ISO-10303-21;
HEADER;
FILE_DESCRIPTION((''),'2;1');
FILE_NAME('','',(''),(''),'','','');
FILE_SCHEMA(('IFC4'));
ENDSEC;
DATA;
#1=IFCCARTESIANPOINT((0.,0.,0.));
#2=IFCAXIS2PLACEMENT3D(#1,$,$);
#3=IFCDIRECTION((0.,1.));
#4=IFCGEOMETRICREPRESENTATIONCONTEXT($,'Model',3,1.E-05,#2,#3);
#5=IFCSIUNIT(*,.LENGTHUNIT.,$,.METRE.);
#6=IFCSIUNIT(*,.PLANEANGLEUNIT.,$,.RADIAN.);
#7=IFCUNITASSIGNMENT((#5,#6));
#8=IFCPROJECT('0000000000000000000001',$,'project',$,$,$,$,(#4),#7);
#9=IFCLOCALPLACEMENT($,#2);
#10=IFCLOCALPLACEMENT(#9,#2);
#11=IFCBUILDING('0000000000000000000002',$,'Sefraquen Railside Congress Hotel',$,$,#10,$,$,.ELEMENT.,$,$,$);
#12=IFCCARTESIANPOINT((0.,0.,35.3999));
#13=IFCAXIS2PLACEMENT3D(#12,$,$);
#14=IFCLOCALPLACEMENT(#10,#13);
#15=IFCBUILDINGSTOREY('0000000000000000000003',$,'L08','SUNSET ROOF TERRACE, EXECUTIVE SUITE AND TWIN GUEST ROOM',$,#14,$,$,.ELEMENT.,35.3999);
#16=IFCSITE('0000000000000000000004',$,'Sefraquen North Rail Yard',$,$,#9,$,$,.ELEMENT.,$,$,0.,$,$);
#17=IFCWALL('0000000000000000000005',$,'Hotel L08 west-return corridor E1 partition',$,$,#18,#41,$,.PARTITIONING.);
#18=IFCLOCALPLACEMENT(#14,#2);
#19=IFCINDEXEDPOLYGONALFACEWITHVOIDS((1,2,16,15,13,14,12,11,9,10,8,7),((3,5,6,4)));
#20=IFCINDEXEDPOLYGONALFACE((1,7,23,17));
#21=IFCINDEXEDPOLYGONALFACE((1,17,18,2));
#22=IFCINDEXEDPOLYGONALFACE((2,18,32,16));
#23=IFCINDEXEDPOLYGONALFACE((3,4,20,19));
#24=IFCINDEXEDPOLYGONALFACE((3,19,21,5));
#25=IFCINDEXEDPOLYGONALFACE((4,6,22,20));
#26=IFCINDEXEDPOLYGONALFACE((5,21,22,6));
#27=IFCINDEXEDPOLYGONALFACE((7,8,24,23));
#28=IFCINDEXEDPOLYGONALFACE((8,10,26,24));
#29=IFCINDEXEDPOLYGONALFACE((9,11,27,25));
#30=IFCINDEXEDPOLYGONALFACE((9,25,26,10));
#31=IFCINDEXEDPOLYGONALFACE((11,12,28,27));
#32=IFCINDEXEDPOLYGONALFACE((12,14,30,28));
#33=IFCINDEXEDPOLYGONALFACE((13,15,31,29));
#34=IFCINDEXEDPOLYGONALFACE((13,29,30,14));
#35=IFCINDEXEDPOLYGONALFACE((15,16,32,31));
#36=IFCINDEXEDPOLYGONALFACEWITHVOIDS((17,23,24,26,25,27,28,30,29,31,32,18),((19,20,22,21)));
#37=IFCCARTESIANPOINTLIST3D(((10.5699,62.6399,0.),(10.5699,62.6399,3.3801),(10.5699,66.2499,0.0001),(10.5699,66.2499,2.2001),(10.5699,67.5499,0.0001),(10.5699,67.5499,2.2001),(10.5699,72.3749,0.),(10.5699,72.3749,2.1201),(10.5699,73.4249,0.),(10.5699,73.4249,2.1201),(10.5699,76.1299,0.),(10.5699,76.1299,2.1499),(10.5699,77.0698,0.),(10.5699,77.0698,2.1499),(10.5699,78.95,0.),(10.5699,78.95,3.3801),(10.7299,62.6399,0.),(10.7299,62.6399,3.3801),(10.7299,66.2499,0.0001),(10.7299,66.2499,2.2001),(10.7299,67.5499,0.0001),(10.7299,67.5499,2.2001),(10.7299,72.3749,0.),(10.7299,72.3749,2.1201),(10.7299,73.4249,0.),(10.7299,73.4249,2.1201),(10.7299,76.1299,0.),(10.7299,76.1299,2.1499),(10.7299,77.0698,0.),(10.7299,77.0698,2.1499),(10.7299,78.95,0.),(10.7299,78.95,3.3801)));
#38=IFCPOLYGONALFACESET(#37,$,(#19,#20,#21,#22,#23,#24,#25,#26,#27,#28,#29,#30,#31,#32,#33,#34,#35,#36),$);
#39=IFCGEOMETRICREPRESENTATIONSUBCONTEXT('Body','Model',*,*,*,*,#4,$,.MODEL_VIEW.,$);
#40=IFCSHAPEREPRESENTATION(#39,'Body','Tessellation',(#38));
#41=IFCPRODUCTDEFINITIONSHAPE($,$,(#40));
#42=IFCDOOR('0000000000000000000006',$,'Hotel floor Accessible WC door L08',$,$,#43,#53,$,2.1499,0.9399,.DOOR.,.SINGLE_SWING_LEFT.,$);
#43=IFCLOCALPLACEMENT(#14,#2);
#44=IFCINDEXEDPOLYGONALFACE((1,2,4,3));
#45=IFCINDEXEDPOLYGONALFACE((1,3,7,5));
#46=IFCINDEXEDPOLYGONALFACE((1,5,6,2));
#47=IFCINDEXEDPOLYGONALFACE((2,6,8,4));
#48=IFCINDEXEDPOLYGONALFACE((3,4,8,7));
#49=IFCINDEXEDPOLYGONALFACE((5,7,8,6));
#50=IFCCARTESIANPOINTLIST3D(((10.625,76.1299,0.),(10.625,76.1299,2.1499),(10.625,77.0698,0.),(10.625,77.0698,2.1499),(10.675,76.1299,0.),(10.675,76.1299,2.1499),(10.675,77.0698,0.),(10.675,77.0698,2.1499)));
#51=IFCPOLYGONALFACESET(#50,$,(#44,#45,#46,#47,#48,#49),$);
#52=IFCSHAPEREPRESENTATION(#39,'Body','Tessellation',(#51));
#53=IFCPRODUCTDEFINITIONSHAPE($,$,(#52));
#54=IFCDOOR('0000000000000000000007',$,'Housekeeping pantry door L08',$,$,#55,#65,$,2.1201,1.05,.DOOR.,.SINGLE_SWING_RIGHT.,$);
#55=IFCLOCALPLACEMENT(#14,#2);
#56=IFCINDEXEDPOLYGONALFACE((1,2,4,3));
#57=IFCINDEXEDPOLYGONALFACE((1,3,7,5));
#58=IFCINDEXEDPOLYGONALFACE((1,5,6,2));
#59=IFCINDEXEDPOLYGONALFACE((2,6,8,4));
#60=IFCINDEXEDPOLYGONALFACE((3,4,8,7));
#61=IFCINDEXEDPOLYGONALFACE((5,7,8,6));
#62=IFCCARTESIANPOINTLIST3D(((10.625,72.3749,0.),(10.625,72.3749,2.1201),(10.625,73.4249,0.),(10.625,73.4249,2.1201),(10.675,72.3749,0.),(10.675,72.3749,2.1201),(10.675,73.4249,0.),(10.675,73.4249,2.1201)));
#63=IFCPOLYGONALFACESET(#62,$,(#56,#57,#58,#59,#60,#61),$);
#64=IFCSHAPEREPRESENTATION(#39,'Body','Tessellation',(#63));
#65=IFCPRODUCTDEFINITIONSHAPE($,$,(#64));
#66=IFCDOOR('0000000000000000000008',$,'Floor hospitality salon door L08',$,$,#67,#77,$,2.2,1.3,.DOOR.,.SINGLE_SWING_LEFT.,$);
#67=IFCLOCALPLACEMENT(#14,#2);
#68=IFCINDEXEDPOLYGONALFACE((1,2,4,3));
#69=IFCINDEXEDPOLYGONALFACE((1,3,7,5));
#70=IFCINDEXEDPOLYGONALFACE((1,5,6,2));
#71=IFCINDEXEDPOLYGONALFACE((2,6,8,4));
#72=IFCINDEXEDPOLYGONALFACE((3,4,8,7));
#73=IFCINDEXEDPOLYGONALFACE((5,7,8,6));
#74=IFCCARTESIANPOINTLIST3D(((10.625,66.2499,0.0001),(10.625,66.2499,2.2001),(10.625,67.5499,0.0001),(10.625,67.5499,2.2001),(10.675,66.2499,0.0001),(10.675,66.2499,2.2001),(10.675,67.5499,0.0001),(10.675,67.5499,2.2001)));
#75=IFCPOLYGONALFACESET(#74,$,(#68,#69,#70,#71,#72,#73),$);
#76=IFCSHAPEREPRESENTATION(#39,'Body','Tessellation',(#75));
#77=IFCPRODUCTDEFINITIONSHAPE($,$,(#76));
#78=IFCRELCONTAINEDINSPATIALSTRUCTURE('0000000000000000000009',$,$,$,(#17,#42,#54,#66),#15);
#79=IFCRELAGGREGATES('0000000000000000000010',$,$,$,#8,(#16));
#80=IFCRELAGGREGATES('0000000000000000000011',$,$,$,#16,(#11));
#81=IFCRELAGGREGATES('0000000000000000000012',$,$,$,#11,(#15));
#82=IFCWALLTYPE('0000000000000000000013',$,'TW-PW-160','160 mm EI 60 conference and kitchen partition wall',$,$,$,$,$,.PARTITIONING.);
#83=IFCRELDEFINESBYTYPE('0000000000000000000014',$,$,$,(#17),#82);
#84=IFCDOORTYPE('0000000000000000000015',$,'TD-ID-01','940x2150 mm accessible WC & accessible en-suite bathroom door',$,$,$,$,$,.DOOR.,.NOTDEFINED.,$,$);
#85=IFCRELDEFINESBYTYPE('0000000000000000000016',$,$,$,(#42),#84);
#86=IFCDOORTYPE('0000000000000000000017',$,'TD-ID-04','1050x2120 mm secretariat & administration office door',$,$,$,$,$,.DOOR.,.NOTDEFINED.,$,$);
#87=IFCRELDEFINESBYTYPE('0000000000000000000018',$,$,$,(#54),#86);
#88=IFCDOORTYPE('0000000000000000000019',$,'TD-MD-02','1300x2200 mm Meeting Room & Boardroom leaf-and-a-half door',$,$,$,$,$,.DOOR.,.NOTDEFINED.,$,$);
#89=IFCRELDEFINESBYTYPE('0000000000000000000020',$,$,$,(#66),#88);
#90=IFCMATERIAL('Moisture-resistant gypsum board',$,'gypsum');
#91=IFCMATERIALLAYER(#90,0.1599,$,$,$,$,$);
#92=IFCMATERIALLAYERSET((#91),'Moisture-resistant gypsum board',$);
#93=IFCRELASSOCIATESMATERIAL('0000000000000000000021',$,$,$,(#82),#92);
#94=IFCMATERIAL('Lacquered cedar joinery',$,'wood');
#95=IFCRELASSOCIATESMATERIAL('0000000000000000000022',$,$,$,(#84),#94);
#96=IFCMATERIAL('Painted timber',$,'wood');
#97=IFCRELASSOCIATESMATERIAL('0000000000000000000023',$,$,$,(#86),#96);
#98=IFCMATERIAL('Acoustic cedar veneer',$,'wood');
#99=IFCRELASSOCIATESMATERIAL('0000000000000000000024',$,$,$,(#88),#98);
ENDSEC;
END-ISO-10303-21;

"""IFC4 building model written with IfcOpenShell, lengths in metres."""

from ifc_helpers import new_model, si_unit, direction, frame, frame_2d, origin, place, context, subcontext, project, spatial, rectangle, extrude, material, layer, layer_set, type_object, element, fill, save


model = new_model("IFC4")

# Units and contexts
model_context = context("Model", 3, precision=1e-05, world=origin(), true_north=direction((0.0, 1.0)))
body_context = subcontext(model_context, "Body", "Model", "MODEL_VIEW")
ifc_project = project(units=[si_unit("LENGTHUNIT", "METRE"), si_unit("PLANEANGLEUNIT", "RADIAN")], contexts=[model_context])

# Site, building, storey
site_placement = place(None, origin())
site = spatial("IfcSite", under=ifc_project, at=site_placement, Name="Sefraquen North Rail Yard", CompositionType="ELEMENT", RefElevation=0.0)
building_placement = place(site_placement, origin())
building = spatial("IfcBuilding", under=site, at=building_placement, Name="Sefraquen Railside Congress Hotel", CompositionType="ELEMENT")
storey_placement = place(building_placement, frame((0.0, 0.0, 35.3999)))
storey = spatial("IfcBuildingStorey", under=building, at=storey_placement, Name="L08", Description="SUNSET ROOF TERRACE, EXECUTIVE SUITE AND TWIN GUEST ROOM", CompositionType="ELEMENT", Elevation=35.3999)

# Wall, openings, doors
ifc_material_1 = material(Name="Moisture-resistant gypsum board", Category="gypsum")
ifc_layer_1 = layer(ifc_material_1, 0.1599)
ifc_layer_set_1 = layer_set([ifc_layer_1], Name="Moisture-resistant gypsum board")
wall_type_1 = type_object("IfcWallType", Name="TW-PW-160", Description="160 mm EI 60 conference and kitchen partition wall", PredefinedType="PARTITIONING", material=ifc_layer_set_1)
wall_1_placement = place(storey_placement, frame((10.6499, 62.6399, 0.0), z_axis=(0.0, 0.0, 1.0), x_axis=(0.0, 1.0, 0.0)))
wall_1 = element("IfcWall", 1, at=wall_1_placement, inside=storey, type_object=wall_type_1, Name="Hotel L08 west-return corridor E1 partition", PredefinedType="PARTITIONING", context=body_context, shape_type="SweptSolid", body=[
    extrude(rectangle(XDim=16.3101, YDim=0.1599, at=frame_2d((8.155, 0.0))), origin(), (0.0, 0.0, 1.0), 3.3801),
])
opening_1_placement = place(wall_1_placement, frame((3.6101, 0.0, 0.0)))
opening_1 = element("IfcOpeningElement", 2, at=opening_1_placement, cuts=wall_1, PredefinedType="OPENING", context=body_context, shape_type="SweptSolid", body=[
    extrude(rectangle(XDim=1.3, YDim=2.2, at=frame_2d((0.6499, 1.1001))), frame((0.0, 0.0898, 0.0), z_axis=(0.0, -1.0, 0.0), x_axis=(1.0, 0.0, 0.0)), (0.0, 0.0, 1.0), 0.1799),
])
opening_2_placement = place(wall_1_placement, frame((9.7351, 0.0, 0.0)))
opening_2 = element("IfcOpeningElement", 3, at=opening_2_placement, cuts=wall_1, PredefinedType="OPENING", context=body_context, shape_type="SweptSolid", body=[
    extrude(rectangle(XDim=1.05, YDim=2.1201, at=frame_2d((0.5249, 1.0601))), frame((0.0, 0.0898, 0.0), z_axis=(0.0, -1.0, 0.0), x_axis=(1.0, 0.0, 0.0)), (0.0, 0.0, 1.0), 0.1799),
])
opening_3_placement = place(wall_1_placement, frame((13.49, 0.0, 0.0)))
opening_3 = element("IfcOpeningElement", 4, at=opening_3_placement, cuts=wall_1, PredefinedType="OPENING", context=body_context, shape_type="SweptSolid", body=[
    extrude(rectangle(XDim=0.9399, YDim=2.1499, at=frame_2d((0.47, 1.075))), frame((0.0, 0.0898, 0.0), z_axis=(0.0, -1.0, 0.0), x_axis=(1.0, 0.0, 0.0)), (0.0, 0.0, 1.0), 0.1799),
])
ifc_material_2 = material(Name="Lacquered cedar joinery", Category="wood")
door_type_1 = type_object("IfcDoorType", Name="TD-ID-01", Description="940x2150 mm accessible WC & accessible en-suite bathroom door", OperationType="NOTDEFINED", PredefinedType="DOOR", material=ifc_material_2)
door_1_placement = place(opening_3_placement, origin())
door_1 = element("IfcDoor", 5, at=door_1_placement, inside=storey, type_object=door_type_1, Name="Hotel floor Accessible WC door L08", OperationType="SINGLE_SWING_LEFT", OverallHeight=2.1499, OverallWidth=0.9399, PredefinedType="DOOR", context=body_context, shape_type="SweptSolid", body=[
    extrude(rectangle(XDim=0.9399, YDim=2.1499, at=frame_2d((0.47, 1.075))), frame((0.0, 0.0249, 0.0), z_axis=(0.0, -1.0, 0.0), x_axis=(1.0, 0.0, 0.0)), (0.0, 0.0, 1.0), 0.05),
])
fill(opening_3, door_1)
ifc_material_3 = material(Name="Painted timber", Category="wood")
door_type_2 = type_object("IfcDoorType", Name="TD-ID-04", Description="1050x2120 mm secretariat & administration office door", OperationType="NOTDEFINED", PredefinedType="DOOR", material=ifc_material_3)
door_2_placement = place(opening_2_placement, origin())
door_2 = element("IfcDoor", 6, at=door_2_placement, inside=storey, type_object=door_type_2, Name="Housekeeping pantry door L08", OperationType="SINGLE_SWING_RIGHT", OverallHeight=2.1201, OverallWidth=1.05, PredefinedType="DOOR", context=body_context, shape_type="SweptSolid", body=[
    extrude(rectangle(XDim=1.05, YDim=2.1201, at=frame_2d((0.5249, 1.0601))), frame((0.0, 0.0249, 0.0), z_axis=(0.0, -1.0, 0.0), x_axis=(1.0, 0.0, 0.0)), (0.0, 0.0, 1.0), 0.05),
])
fill(opening_2, door_2)
ifc_material_4 = material(Name="Acoustic cedar veneer", Category="wood")
door_type_3 = type_object("IfcDoorType", Name="TD-MD-02", Description="1300x2200 mm Meeting Room & Boardroom leaf-and-a-half door", OperationType="NOTDEFINED", PredefinedType="DOOR", material=ifc_material_4)
door_3_placement = place(opening_1_placement, origin())
door_3 = element("IfcDoor", 7, at=door_3_placement, inside=storey, type_object=door_type_3, Name="Floor hospitality salon door L08", OperationType="SINGLE_SWING_LEFT", OverallHeight=2.2, OverallWidth=1.3, PredefinedType="DOOR", context=body_context, shape_type="SweptSolid", body=[
    extrude(rectangle(XDim=1.3, YDim=2.2, at=frame_2d((0.6499, 1.1001))), frame((0.0, 0.0249, 0.0), z_axis=(0.0, -1.0, 0.0), x_axis=(1.0, 0.0, 0.0)), (0.0, 0.0, 1.0), 0.05),
])
fill(opening_1, door_3)

save(model, "model.ifc")
